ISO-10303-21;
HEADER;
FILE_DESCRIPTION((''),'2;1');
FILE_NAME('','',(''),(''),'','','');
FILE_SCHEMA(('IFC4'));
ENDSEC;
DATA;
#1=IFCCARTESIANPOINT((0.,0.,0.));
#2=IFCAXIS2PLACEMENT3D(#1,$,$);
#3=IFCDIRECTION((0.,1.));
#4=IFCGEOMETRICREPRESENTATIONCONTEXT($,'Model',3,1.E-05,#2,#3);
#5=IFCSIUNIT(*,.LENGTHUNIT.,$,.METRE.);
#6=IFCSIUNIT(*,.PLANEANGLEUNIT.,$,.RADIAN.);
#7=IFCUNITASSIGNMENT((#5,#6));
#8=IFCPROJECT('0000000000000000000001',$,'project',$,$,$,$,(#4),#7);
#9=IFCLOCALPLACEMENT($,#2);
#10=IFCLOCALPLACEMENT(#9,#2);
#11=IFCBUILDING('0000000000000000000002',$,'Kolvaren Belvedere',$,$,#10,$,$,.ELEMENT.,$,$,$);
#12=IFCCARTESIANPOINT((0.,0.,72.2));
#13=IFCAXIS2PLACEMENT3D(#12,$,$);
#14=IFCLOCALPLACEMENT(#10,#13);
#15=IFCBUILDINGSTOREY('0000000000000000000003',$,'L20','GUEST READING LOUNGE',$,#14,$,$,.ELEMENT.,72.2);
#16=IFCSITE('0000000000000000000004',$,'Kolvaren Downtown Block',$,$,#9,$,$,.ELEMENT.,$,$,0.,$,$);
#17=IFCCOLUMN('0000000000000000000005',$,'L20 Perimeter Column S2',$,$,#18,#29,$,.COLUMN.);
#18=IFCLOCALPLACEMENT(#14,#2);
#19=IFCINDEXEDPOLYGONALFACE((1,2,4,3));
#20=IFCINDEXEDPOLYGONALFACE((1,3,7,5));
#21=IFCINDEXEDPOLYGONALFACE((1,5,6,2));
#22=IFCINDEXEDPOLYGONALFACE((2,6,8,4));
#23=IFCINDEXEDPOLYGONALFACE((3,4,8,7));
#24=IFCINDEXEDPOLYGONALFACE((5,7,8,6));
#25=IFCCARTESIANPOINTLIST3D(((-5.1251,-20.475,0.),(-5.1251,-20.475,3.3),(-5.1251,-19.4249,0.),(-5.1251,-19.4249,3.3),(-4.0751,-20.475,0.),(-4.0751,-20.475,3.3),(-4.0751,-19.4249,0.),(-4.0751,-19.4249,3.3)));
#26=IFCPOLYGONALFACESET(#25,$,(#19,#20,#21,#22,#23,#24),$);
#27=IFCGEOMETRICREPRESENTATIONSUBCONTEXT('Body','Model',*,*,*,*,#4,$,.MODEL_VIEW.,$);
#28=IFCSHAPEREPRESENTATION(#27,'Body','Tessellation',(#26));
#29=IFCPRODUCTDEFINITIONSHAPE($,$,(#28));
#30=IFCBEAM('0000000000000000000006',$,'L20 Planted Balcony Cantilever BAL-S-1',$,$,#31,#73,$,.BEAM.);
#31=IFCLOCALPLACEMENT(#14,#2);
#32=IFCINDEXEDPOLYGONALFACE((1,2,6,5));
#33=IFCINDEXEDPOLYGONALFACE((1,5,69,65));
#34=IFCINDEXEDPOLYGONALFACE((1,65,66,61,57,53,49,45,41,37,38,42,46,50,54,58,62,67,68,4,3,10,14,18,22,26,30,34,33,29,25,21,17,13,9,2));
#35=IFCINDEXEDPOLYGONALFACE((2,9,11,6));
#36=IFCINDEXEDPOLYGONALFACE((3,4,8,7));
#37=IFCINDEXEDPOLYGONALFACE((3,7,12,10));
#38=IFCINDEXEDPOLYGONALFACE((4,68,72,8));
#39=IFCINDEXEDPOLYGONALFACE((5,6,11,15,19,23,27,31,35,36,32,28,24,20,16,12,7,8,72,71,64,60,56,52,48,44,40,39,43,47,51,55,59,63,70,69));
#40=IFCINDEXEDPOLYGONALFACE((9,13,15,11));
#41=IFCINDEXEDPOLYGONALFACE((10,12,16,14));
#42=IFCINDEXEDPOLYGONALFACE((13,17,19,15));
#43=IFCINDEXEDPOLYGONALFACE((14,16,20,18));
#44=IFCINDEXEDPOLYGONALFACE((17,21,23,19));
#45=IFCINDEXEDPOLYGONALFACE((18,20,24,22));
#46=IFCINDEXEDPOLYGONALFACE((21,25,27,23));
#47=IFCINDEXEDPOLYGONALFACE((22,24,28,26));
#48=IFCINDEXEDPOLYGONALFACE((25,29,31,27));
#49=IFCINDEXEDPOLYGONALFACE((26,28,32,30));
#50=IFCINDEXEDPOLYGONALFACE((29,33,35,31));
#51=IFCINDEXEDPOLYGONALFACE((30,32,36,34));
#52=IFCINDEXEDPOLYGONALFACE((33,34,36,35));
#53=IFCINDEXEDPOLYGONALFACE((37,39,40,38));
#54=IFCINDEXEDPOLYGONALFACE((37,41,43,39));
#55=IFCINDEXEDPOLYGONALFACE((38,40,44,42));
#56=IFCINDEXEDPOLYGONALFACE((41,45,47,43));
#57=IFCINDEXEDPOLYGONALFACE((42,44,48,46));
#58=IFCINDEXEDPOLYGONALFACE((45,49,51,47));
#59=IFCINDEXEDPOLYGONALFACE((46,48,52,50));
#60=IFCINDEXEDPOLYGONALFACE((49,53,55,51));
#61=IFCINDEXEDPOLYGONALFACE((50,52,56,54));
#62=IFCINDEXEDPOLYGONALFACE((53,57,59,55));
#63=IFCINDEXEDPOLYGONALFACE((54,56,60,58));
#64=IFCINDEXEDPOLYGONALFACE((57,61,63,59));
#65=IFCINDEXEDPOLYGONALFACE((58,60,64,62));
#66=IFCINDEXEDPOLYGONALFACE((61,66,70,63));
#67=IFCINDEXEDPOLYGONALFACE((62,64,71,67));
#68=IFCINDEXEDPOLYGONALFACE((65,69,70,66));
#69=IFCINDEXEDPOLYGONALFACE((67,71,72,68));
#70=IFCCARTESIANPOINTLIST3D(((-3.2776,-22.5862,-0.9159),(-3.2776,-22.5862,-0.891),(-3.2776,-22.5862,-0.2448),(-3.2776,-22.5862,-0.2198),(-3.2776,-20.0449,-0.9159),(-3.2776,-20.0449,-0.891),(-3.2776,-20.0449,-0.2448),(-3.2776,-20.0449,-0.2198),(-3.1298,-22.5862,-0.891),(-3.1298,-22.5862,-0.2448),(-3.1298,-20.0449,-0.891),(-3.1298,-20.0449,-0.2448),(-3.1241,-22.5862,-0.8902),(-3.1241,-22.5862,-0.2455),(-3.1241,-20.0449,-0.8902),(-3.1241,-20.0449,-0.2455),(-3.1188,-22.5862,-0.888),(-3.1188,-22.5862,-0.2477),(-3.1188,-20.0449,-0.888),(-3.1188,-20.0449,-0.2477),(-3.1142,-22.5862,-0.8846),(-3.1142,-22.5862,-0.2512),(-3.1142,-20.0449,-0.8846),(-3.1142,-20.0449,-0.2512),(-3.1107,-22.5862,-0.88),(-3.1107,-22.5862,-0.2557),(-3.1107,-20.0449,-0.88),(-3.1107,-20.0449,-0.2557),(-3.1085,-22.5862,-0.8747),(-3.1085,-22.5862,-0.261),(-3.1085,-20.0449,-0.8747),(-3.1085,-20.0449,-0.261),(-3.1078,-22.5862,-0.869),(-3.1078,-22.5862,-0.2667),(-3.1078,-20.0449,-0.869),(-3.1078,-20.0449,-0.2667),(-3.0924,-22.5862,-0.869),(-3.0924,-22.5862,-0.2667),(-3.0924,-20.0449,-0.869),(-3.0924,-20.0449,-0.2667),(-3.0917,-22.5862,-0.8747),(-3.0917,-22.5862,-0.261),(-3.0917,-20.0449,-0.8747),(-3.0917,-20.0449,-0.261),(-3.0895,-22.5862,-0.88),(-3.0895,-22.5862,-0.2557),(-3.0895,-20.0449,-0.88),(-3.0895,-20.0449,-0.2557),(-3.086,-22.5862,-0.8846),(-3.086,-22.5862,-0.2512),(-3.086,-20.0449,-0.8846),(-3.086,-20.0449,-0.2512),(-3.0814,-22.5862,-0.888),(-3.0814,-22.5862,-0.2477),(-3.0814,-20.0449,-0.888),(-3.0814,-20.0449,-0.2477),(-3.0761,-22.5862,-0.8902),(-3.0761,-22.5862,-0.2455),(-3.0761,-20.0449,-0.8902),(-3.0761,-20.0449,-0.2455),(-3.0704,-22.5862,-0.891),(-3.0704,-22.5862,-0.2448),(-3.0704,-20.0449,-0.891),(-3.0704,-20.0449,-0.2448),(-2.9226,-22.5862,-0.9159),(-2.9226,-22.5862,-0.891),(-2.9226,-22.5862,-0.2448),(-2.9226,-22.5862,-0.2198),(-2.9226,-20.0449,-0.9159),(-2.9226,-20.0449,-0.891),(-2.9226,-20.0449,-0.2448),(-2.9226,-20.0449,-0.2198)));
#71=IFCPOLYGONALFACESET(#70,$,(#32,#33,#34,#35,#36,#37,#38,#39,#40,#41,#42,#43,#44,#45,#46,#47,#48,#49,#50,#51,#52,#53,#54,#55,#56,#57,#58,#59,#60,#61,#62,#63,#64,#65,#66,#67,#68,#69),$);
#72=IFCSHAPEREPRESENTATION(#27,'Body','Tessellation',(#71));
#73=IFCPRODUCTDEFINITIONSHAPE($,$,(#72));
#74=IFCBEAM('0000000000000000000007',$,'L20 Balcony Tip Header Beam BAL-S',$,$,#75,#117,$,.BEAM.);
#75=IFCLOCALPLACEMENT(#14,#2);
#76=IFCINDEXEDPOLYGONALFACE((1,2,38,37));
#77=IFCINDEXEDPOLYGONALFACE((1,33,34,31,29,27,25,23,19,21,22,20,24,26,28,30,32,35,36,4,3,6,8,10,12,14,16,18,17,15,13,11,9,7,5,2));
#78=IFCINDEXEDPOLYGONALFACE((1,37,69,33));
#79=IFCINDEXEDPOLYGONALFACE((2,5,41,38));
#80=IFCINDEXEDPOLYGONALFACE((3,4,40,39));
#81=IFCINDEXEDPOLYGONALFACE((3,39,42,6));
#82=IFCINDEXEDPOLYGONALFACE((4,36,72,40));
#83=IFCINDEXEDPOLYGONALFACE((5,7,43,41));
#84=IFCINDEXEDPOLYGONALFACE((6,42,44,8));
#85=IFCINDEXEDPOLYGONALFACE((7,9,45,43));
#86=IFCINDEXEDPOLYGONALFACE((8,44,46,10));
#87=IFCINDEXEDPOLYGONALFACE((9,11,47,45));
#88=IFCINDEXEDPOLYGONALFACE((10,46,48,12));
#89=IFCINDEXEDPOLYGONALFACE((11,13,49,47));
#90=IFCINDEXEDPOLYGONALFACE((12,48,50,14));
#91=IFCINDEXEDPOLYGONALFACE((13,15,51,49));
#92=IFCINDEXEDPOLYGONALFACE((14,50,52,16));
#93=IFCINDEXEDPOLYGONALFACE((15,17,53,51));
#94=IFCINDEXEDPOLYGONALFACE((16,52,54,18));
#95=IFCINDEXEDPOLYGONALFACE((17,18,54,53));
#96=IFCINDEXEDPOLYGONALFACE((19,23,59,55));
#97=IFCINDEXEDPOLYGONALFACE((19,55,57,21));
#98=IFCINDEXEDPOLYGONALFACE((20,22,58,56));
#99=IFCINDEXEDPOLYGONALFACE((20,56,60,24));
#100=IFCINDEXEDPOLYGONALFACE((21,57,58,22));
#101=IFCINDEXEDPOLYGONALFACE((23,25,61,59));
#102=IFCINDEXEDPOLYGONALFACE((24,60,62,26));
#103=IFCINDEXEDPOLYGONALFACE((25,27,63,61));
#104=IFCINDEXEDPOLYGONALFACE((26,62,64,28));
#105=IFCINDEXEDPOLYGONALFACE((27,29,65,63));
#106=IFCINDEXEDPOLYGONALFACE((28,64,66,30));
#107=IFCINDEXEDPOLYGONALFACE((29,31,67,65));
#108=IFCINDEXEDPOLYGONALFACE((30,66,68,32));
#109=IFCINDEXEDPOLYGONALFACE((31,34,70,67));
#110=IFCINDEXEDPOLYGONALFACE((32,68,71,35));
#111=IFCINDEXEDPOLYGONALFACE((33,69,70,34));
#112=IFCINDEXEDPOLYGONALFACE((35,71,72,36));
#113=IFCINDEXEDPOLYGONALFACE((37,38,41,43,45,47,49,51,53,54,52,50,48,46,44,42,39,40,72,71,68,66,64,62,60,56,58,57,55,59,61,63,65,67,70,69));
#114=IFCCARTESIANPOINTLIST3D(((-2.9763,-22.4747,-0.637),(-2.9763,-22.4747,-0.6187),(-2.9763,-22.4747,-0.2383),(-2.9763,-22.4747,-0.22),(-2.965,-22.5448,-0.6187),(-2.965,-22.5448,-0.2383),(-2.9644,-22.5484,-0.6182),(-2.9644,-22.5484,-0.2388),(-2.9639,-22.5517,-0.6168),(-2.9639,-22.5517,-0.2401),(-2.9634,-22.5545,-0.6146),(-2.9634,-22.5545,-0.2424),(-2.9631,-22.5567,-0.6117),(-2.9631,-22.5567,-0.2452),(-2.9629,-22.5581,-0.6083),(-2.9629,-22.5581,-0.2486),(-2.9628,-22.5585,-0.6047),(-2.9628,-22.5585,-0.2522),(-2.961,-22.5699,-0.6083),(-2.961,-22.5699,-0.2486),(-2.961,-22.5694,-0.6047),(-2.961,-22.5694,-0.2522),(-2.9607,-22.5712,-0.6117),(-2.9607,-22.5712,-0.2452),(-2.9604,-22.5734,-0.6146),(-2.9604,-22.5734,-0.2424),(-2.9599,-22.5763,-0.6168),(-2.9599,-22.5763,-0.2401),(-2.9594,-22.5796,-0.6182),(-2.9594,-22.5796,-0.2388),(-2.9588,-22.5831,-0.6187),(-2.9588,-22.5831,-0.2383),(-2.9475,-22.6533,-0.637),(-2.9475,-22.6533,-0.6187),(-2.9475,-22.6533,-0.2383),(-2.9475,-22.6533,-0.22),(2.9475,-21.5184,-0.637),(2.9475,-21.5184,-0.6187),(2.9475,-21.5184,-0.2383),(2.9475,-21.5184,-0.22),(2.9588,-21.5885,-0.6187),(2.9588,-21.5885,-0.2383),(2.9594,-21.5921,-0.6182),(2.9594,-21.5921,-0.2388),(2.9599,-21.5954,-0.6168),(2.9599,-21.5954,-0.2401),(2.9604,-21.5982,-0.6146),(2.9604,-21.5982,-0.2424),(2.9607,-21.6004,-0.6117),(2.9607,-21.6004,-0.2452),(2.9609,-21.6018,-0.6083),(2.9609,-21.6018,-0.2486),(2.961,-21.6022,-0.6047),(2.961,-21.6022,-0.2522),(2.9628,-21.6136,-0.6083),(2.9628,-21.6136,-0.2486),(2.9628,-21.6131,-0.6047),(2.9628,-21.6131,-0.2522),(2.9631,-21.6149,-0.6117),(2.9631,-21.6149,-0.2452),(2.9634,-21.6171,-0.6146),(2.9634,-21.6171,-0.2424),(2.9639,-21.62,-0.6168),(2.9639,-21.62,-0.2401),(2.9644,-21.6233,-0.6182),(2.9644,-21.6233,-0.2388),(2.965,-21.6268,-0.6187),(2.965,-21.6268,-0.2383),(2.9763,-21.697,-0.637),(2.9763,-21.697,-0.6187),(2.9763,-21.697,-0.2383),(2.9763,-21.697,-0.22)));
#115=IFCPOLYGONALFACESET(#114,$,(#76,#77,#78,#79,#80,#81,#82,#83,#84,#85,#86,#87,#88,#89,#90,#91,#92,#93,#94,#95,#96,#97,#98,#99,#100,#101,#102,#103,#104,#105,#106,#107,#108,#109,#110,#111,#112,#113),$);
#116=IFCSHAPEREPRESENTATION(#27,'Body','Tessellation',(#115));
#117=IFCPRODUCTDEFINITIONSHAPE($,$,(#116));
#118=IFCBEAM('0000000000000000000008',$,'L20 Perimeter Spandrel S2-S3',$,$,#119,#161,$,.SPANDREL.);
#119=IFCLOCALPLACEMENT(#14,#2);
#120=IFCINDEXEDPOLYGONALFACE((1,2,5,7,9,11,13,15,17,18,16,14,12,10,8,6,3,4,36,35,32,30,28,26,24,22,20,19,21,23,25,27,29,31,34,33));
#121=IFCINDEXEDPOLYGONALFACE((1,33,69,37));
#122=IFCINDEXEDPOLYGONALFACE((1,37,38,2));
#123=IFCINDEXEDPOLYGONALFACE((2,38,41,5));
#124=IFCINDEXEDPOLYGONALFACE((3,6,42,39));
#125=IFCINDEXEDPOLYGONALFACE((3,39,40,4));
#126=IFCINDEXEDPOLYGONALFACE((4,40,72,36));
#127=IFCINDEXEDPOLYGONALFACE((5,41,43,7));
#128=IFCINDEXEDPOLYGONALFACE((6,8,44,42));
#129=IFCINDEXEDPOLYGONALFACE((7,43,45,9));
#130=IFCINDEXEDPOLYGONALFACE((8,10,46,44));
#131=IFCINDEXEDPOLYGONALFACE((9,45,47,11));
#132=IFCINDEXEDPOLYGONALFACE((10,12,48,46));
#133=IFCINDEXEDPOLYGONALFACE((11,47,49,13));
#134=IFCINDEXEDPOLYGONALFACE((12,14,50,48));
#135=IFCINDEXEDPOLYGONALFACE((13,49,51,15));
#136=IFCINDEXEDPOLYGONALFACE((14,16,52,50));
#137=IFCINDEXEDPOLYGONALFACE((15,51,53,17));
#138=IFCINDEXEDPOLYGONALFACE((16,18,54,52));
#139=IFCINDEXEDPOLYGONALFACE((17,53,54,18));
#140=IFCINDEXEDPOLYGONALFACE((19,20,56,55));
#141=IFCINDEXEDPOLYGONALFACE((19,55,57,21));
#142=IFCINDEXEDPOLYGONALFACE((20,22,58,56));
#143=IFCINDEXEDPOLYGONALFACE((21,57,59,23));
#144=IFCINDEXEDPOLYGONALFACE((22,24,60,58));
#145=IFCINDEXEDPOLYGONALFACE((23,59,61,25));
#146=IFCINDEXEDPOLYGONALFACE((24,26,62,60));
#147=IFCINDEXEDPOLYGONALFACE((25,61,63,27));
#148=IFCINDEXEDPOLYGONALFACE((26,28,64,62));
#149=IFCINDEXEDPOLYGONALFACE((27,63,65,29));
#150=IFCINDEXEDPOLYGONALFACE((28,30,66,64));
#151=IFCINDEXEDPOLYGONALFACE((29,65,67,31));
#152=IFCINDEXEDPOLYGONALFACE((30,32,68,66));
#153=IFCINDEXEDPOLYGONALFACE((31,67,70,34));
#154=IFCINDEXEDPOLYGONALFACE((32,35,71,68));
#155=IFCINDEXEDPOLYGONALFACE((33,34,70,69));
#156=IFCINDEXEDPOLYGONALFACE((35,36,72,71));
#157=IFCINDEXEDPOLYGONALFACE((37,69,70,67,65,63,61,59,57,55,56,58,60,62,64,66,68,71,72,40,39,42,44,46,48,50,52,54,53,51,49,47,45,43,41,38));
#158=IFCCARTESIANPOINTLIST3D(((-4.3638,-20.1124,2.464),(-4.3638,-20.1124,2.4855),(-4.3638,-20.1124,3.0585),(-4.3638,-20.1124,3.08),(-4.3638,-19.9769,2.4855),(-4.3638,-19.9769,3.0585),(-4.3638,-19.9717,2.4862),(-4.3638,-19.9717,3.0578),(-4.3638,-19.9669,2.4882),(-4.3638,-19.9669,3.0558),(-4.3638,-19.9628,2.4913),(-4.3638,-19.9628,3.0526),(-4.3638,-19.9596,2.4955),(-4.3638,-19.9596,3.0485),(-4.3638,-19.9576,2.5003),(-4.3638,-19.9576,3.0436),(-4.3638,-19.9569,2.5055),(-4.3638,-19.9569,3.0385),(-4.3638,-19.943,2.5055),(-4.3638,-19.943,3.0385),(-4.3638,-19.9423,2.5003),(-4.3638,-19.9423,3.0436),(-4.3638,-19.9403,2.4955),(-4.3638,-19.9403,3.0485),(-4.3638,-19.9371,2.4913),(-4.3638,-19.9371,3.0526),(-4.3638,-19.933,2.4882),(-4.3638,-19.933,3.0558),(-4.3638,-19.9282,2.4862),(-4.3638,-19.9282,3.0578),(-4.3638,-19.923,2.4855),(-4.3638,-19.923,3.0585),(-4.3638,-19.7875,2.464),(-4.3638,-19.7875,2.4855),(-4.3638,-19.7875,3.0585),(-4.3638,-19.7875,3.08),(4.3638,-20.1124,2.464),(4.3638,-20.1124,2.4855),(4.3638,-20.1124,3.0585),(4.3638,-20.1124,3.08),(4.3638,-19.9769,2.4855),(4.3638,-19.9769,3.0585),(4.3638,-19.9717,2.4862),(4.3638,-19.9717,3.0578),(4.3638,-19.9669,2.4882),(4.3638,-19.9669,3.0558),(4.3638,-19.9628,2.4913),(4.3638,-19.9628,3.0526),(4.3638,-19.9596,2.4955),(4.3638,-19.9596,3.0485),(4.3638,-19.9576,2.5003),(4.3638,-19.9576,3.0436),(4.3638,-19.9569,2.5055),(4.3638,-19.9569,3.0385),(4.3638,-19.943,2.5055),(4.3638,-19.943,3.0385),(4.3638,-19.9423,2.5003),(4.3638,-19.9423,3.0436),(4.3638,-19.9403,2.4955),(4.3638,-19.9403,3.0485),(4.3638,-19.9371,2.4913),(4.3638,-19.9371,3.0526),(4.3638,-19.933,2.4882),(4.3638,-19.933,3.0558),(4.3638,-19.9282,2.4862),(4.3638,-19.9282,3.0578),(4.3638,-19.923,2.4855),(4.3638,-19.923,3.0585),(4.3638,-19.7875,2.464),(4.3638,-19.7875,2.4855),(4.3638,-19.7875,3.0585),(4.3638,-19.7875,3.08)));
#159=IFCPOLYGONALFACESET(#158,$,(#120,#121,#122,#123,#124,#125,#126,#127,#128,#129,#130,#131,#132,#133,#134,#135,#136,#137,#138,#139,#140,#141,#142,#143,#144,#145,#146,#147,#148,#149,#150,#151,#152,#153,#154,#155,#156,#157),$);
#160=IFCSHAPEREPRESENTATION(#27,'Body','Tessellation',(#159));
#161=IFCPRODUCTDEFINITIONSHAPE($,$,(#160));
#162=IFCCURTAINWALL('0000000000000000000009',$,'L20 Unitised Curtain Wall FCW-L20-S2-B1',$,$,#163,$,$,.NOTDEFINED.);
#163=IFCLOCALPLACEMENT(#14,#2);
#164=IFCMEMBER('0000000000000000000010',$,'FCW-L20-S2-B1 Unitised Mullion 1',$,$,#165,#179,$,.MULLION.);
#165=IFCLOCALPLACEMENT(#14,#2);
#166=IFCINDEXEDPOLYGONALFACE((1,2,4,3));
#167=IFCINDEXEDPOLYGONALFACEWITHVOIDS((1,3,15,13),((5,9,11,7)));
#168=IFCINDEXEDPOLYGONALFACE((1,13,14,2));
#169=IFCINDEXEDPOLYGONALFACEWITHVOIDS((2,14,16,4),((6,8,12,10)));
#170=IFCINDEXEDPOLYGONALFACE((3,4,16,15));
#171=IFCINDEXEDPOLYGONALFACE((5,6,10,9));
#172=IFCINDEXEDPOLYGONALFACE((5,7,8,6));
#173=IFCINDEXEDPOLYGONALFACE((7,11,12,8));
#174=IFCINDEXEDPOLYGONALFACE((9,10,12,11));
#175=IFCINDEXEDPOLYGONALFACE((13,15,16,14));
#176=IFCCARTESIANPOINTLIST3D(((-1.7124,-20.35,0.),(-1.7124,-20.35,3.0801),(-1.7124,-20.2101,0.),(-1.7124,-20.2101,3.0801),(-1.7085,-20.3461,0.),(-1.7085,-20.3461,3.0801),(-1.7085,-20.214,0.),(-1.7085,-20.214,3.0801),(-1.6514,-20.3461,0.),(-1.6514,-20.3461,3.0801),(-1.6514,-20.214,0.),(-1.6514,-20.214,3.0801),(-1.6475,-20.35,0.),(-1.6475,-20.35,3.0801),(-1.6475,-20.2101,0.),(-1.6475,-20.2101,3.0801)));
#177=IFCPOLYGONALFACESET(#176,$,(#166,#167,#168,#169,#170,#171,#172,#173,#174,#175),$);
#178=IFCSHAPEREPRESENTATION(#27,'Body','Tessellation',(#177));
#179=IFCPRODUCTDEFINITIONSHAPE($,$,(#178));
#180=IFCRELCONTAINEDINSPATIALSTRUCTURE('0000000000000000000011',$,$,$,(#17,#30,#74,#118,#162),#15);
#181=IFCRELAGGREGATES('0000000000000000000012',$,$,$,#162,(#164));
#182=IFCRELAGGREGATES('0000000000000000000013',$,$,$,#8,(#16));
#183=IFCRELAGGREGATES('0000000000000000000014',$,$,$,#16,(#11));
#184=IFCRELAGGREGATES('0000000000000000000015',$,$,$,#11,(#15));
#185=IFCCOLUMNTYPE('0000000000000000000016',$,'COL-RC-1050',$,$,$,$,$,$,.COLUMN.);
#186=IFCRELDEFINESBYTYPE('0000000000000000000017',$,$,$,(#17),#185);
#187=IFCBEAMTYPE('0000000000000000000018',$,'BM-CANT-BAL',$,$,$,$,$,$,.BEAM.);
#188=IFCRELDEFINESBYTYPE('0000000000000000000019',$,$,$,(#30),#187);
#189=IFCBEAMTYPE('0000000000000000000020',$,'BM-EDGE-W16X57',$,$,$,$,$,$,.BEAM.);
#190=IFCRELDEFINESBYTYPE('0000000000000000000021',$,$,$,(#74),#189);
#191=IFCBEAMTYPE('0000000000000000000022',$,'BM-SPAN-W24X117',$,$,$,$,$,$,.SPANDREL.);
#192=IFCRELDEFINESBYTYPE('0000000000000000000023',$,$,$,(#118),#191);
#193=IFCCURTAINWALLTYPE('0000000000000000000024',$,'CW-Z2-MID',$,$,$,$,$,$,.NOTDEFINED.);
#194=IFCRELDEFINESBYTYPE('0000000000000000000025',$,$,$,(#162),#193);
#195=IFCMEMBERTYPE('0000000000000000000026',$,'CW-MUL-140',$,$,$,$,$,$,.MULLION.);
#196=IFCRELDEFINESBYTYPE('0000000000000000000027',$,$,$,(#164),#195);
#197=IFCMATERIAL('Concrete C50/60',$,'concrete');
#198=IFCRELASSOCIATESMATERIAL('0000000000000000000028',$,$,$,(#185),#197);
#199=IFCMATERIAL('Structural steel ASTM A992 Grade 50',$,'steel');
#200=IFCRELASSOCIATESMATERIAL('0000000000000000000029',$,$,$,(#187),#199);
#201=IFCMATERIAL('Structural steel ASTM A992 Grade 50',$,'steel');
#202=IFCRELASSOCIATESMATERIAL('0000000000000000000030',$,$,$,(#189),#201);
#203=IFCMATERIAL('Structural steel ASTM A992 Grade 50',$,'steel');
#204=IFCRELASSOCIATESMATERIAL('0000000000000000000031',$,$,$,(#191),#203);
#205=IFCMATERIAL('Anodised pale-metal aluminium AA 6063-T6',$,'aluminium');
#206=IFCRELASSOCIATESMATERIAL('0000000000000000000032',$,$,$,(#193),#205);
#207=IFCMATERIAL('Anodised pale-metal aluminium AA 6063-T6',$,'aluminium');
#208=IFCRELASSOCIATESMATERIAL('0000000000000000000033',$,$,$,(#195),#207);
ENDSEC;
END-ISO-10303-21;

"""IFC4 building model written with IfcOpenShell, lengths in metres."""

from ifc_helpers import new_model, si_unit, direction, frame, origin, origin_2d, place, context, subcontext, project, spatial, rectangle, hollow_rectangle, i_section, extrude, material, material_profile, profile_set, type_object, element, aggregate, save


model = new_model("IFC4")

# Units and contexts
model_context = context("Model", 3, precision=1e-05, world=origin(), true_north=direction((0.0, 1.0)))
body_context = subcontext(model_context, "Body", "Model", "MODEL_VIEW")
ifc_project = project(units=[si_unit("LENGTHUNIT", "METRE"), si_unit("PLANEANGLEUNIT", "RADIAN")], contexts=[model_context])

# Site, building, storey
site_placement = place(None, origin())
site = spatial("IfcSite", under=ifc_project, at=site_placement, Name="Kolvaren Downtown Block", CompositionType="ELEMENT", RefElevation=0.0)
building_placement = place(site_placement, origin())
building = spatial("IfcBuilding", under=site, at=building_placement, Name="Kolvaren Belvedere", CompositionType="ELEMENT")
storey_placement = place(building_placement, frame((0.0, 0.0, 72.2)))
storey = spatial("IfcBuildingStorey", under=building, at=storey_placement, Name="L20", Description="GUEST READING LOUNGE", CompositionType="ELEMENT", Elevation=72.2)

# Column
ifc_material_1 = material(Name="Concrete C50/60", Category="concrete")
ifc_material_profile_1 = material_profile(ifc_material_1, rectangle(XDim=1.05, YDim=1.05, at=origin_2d()), Name="RC 1050X1050")
ifc_profile_set_1 = profile_set([ifc_material_profile_1], Name="Concrete C50/60")
column_type = type_object("IfcColumnType", Name="COL-RC-1050", PredefinedType="COLUMN", material=ifc_profile_set_1)
column_placement = place(storey_placement, frame((-4.6001, -19.95, 0.0), z_axis=(0.0, 0.0, 1.0), x_axis=(1.0, 0.0, 0.0)))
element("IfcColumn", 1, at=column_placement, inside=storey, type_object=column_type, Name="L20 Perimeter Column S2", PredefinedType="COLUMN", context=body_context, shape_type="SweptSolid", body=[
    extrude(rectangle(XDim=1.05, YDim=1.05, at=origin_2d()), origin(), (0.0, 0.0, 1.0), 3.3),
])

# Beams
ifc_material_2 = material(Name="Structural steel ASTM A992 Grade 50", Category="steel")
ifc_material_profile_2 = material_profile(ifc_material_2, i_section(OverallWidth=0.355, OverallDepth=0.696, WebThickness=0.0154, FlangeThickness=0.0249, FilletRadius=0.022, at=origin_2d()), Name="W27X146")
ifc_profile_set_2 = profile_set([ifc_material_profile_2], Name="Structural steel ASTM A992 Grade 50")
beam_type_1 = type_object("IfcBeamType", Name="BM-CANT-BAL", PredefinedType="BEAM", material=ifc_profile_set_2)
beam_1_placement = place(storey_placement, frame((-3.1001, -20.0449, -0.5679), z_axis=(0.0, -1.0, 0.0), x_axis=(1.0, 0.0, 0.0)))
element("IfcBeam", 2, at=beam_1_placement, inside=storey, type_object=beam_type_1, Name="L20 Planted Balcony Cantilever BAL-S-1", PredefinedType="BEAM", context=body_context, shape_type="SweptSolid", body=[
    extrude(i_section(OverallWidth=0.355, OverallDepth=0.696, WebThickness=0.0154, FlangeThickness=0.0249, FilletRadius=0.022, at=origin_2d()), origin(), (0.0, 0.0, 1.0), 2.5413),
])
ifc_material_3 = material(Name="Structural steel ASTM A992 Grade 50", Category="steel")
ifc_material_profile_3 = material_profile(ifc_material_3, i_section(OverallWidth=0.1809, OverallDepth=0.417, WebThickness=0.011, FlangeThickness=0.0183, FilletRadius=0.0139, at=origin_2d()), Name="W16X57")
ifc_profile_set_3 = profile_set([ifc_material_profile_3], Name="Structural steel ASTM A992 Grade 50")
beam_type_2 = type_object("IfcBeamType", Name="BM-EDGE-W16X57", PredefinedType="BEAM", material=ifc_profile_set_3)
beam_2_placement = place(storey_placement, frame((-2.9619, -22.564, -0.4285), z_axis=(0.987219, 0.159369, 0.0), x_axis=(-0.159369, 0.987219, 0.0)))
element("IfcBeam", 3, at=beam_2_placement, inside=storey, type_object=beam_type_2, Name="L20 Balcony Tip Header Beam BAL-S", PredefinedType="BEAM", context=body_context, shape_type="SweptSolid", body=[
    extrude(i_section(OverallWidth=0.1809, OverallDepth=0.417, WebThickness=0.011, FlangeThickness=0.0183, FilletRadius=0.0139, at=origin_2d()), origin(), (0.0, 0.0, 1.0), 6.0005),
])
ifc_material_4 = material(Name="Structural steel ASTM A992 Grade 50", Category="steel")
ifc_material_profile_4 = material_profile(ifc_material_4, i_section(OverallWidth=0.325, OverallDepth=0.616, WebThickness=0.0139, FlangeThickness=0.0215, FilletRadius=0.02, at=origin_2d()), Name="W24X117")
ifc_profile_set_4 = profile_set([ifc_material_profile_4], Name="Structural steel ASTM A992 Grade 50")
beam_type_3 = type_object("IfcBeamType", Name="BM-SPAN-W24X117", PredefinedType="SPANDREL", material=ifc_profile_set_4)
beam_3_placement = place(storey_placement, frame((-4.3638, -19.95, 2.772), z_axis=(1.0, 0.0, 0.0), x_axis=(0.0, 1.0, 0.0)))
element("IfcBeam", 4, at=beam_3_placement, inside=storey, type_object=beam_type_3, Name="L20 Perimeter Spandrel S2-S3", PredefinedType="SPANDREL", context=body_context, shape_type="SweptSolid", body=[
    extrude(i_section(OverallWidth=0.325, OverallDepth=0.616, WebThickness=0.0139, FlangeThickness=0.0215, FilletRadius=0.02, at=origin_2d()), origin(), (0.0, 0.0, 1.0), 8.7275),
])

# Curtain wall, member
ifc_material_5 = material(Name="Anodised pale-metal aluminium AA 6063-T6", Category="aluminium")
curtain_wall_type = type_object("IfcCurtainWallType", Name="CW-Z2-MID", PredefinedType="NOTDEFINED", material=ifc_material_5)
curtain_wall_1_placement = place(storey_placement, origin())
curtain_wall_1 = element("IfcCurtainWall", 5, at=curtain_wall_1_placement, inside=storey, type_object=curtain_wall_type, Name="L20 Unitised Curtain Wall FCW-L20-S2-B1", PredefinedType="NOTDEFINED")
ifc_material_6 = material(Name="Anodised pale-metal aluminium AA 6063-T6", Category="aluminium")
ifc_material_profile_5 = material_profile(ifc_material_6, hollow_rectangle(XDim=0.0649, YDim=0.1399, WallThickness=0.0039, at=origin_2d()), Name="ALU-MUL-140X65")
ifc_profile_set_5 = profile_set([ifc_material_profile_5], Name="Anodised pale-metal aluminium AA 6063-T6")
member_type_1 = type_object("IfcMemberType", Name="CW-MUL-140", PredefinedType="MULLION", material=ifc_profile_set_5)
member_1_placement = place(storey_placement, frame((-1.6799, -20.28, 0.0), z_axis=(0.0, 0.0, 1.0), x_axis=(1.0, 0.0, 0.0)))
member_1 = element("IfcMember", 6, at=member_1_placement, type_object=member_type_1, Name="FCW-L20-S2-B1 Unitised Mullion 1", PredefinedType="MULLION", context=body_context, shape_type="SweptSolid", body=[
    extrude(hollow_rectangle(XDim=0.0649, YDim=0.1399, WallThickness=0.0039, at=origin_2d()), origin(), (0.0, 0.0, 1.0), 3.0801),
])

aggregate(curtain_wall_1, [member_1])

save(model, "model.ifc")
